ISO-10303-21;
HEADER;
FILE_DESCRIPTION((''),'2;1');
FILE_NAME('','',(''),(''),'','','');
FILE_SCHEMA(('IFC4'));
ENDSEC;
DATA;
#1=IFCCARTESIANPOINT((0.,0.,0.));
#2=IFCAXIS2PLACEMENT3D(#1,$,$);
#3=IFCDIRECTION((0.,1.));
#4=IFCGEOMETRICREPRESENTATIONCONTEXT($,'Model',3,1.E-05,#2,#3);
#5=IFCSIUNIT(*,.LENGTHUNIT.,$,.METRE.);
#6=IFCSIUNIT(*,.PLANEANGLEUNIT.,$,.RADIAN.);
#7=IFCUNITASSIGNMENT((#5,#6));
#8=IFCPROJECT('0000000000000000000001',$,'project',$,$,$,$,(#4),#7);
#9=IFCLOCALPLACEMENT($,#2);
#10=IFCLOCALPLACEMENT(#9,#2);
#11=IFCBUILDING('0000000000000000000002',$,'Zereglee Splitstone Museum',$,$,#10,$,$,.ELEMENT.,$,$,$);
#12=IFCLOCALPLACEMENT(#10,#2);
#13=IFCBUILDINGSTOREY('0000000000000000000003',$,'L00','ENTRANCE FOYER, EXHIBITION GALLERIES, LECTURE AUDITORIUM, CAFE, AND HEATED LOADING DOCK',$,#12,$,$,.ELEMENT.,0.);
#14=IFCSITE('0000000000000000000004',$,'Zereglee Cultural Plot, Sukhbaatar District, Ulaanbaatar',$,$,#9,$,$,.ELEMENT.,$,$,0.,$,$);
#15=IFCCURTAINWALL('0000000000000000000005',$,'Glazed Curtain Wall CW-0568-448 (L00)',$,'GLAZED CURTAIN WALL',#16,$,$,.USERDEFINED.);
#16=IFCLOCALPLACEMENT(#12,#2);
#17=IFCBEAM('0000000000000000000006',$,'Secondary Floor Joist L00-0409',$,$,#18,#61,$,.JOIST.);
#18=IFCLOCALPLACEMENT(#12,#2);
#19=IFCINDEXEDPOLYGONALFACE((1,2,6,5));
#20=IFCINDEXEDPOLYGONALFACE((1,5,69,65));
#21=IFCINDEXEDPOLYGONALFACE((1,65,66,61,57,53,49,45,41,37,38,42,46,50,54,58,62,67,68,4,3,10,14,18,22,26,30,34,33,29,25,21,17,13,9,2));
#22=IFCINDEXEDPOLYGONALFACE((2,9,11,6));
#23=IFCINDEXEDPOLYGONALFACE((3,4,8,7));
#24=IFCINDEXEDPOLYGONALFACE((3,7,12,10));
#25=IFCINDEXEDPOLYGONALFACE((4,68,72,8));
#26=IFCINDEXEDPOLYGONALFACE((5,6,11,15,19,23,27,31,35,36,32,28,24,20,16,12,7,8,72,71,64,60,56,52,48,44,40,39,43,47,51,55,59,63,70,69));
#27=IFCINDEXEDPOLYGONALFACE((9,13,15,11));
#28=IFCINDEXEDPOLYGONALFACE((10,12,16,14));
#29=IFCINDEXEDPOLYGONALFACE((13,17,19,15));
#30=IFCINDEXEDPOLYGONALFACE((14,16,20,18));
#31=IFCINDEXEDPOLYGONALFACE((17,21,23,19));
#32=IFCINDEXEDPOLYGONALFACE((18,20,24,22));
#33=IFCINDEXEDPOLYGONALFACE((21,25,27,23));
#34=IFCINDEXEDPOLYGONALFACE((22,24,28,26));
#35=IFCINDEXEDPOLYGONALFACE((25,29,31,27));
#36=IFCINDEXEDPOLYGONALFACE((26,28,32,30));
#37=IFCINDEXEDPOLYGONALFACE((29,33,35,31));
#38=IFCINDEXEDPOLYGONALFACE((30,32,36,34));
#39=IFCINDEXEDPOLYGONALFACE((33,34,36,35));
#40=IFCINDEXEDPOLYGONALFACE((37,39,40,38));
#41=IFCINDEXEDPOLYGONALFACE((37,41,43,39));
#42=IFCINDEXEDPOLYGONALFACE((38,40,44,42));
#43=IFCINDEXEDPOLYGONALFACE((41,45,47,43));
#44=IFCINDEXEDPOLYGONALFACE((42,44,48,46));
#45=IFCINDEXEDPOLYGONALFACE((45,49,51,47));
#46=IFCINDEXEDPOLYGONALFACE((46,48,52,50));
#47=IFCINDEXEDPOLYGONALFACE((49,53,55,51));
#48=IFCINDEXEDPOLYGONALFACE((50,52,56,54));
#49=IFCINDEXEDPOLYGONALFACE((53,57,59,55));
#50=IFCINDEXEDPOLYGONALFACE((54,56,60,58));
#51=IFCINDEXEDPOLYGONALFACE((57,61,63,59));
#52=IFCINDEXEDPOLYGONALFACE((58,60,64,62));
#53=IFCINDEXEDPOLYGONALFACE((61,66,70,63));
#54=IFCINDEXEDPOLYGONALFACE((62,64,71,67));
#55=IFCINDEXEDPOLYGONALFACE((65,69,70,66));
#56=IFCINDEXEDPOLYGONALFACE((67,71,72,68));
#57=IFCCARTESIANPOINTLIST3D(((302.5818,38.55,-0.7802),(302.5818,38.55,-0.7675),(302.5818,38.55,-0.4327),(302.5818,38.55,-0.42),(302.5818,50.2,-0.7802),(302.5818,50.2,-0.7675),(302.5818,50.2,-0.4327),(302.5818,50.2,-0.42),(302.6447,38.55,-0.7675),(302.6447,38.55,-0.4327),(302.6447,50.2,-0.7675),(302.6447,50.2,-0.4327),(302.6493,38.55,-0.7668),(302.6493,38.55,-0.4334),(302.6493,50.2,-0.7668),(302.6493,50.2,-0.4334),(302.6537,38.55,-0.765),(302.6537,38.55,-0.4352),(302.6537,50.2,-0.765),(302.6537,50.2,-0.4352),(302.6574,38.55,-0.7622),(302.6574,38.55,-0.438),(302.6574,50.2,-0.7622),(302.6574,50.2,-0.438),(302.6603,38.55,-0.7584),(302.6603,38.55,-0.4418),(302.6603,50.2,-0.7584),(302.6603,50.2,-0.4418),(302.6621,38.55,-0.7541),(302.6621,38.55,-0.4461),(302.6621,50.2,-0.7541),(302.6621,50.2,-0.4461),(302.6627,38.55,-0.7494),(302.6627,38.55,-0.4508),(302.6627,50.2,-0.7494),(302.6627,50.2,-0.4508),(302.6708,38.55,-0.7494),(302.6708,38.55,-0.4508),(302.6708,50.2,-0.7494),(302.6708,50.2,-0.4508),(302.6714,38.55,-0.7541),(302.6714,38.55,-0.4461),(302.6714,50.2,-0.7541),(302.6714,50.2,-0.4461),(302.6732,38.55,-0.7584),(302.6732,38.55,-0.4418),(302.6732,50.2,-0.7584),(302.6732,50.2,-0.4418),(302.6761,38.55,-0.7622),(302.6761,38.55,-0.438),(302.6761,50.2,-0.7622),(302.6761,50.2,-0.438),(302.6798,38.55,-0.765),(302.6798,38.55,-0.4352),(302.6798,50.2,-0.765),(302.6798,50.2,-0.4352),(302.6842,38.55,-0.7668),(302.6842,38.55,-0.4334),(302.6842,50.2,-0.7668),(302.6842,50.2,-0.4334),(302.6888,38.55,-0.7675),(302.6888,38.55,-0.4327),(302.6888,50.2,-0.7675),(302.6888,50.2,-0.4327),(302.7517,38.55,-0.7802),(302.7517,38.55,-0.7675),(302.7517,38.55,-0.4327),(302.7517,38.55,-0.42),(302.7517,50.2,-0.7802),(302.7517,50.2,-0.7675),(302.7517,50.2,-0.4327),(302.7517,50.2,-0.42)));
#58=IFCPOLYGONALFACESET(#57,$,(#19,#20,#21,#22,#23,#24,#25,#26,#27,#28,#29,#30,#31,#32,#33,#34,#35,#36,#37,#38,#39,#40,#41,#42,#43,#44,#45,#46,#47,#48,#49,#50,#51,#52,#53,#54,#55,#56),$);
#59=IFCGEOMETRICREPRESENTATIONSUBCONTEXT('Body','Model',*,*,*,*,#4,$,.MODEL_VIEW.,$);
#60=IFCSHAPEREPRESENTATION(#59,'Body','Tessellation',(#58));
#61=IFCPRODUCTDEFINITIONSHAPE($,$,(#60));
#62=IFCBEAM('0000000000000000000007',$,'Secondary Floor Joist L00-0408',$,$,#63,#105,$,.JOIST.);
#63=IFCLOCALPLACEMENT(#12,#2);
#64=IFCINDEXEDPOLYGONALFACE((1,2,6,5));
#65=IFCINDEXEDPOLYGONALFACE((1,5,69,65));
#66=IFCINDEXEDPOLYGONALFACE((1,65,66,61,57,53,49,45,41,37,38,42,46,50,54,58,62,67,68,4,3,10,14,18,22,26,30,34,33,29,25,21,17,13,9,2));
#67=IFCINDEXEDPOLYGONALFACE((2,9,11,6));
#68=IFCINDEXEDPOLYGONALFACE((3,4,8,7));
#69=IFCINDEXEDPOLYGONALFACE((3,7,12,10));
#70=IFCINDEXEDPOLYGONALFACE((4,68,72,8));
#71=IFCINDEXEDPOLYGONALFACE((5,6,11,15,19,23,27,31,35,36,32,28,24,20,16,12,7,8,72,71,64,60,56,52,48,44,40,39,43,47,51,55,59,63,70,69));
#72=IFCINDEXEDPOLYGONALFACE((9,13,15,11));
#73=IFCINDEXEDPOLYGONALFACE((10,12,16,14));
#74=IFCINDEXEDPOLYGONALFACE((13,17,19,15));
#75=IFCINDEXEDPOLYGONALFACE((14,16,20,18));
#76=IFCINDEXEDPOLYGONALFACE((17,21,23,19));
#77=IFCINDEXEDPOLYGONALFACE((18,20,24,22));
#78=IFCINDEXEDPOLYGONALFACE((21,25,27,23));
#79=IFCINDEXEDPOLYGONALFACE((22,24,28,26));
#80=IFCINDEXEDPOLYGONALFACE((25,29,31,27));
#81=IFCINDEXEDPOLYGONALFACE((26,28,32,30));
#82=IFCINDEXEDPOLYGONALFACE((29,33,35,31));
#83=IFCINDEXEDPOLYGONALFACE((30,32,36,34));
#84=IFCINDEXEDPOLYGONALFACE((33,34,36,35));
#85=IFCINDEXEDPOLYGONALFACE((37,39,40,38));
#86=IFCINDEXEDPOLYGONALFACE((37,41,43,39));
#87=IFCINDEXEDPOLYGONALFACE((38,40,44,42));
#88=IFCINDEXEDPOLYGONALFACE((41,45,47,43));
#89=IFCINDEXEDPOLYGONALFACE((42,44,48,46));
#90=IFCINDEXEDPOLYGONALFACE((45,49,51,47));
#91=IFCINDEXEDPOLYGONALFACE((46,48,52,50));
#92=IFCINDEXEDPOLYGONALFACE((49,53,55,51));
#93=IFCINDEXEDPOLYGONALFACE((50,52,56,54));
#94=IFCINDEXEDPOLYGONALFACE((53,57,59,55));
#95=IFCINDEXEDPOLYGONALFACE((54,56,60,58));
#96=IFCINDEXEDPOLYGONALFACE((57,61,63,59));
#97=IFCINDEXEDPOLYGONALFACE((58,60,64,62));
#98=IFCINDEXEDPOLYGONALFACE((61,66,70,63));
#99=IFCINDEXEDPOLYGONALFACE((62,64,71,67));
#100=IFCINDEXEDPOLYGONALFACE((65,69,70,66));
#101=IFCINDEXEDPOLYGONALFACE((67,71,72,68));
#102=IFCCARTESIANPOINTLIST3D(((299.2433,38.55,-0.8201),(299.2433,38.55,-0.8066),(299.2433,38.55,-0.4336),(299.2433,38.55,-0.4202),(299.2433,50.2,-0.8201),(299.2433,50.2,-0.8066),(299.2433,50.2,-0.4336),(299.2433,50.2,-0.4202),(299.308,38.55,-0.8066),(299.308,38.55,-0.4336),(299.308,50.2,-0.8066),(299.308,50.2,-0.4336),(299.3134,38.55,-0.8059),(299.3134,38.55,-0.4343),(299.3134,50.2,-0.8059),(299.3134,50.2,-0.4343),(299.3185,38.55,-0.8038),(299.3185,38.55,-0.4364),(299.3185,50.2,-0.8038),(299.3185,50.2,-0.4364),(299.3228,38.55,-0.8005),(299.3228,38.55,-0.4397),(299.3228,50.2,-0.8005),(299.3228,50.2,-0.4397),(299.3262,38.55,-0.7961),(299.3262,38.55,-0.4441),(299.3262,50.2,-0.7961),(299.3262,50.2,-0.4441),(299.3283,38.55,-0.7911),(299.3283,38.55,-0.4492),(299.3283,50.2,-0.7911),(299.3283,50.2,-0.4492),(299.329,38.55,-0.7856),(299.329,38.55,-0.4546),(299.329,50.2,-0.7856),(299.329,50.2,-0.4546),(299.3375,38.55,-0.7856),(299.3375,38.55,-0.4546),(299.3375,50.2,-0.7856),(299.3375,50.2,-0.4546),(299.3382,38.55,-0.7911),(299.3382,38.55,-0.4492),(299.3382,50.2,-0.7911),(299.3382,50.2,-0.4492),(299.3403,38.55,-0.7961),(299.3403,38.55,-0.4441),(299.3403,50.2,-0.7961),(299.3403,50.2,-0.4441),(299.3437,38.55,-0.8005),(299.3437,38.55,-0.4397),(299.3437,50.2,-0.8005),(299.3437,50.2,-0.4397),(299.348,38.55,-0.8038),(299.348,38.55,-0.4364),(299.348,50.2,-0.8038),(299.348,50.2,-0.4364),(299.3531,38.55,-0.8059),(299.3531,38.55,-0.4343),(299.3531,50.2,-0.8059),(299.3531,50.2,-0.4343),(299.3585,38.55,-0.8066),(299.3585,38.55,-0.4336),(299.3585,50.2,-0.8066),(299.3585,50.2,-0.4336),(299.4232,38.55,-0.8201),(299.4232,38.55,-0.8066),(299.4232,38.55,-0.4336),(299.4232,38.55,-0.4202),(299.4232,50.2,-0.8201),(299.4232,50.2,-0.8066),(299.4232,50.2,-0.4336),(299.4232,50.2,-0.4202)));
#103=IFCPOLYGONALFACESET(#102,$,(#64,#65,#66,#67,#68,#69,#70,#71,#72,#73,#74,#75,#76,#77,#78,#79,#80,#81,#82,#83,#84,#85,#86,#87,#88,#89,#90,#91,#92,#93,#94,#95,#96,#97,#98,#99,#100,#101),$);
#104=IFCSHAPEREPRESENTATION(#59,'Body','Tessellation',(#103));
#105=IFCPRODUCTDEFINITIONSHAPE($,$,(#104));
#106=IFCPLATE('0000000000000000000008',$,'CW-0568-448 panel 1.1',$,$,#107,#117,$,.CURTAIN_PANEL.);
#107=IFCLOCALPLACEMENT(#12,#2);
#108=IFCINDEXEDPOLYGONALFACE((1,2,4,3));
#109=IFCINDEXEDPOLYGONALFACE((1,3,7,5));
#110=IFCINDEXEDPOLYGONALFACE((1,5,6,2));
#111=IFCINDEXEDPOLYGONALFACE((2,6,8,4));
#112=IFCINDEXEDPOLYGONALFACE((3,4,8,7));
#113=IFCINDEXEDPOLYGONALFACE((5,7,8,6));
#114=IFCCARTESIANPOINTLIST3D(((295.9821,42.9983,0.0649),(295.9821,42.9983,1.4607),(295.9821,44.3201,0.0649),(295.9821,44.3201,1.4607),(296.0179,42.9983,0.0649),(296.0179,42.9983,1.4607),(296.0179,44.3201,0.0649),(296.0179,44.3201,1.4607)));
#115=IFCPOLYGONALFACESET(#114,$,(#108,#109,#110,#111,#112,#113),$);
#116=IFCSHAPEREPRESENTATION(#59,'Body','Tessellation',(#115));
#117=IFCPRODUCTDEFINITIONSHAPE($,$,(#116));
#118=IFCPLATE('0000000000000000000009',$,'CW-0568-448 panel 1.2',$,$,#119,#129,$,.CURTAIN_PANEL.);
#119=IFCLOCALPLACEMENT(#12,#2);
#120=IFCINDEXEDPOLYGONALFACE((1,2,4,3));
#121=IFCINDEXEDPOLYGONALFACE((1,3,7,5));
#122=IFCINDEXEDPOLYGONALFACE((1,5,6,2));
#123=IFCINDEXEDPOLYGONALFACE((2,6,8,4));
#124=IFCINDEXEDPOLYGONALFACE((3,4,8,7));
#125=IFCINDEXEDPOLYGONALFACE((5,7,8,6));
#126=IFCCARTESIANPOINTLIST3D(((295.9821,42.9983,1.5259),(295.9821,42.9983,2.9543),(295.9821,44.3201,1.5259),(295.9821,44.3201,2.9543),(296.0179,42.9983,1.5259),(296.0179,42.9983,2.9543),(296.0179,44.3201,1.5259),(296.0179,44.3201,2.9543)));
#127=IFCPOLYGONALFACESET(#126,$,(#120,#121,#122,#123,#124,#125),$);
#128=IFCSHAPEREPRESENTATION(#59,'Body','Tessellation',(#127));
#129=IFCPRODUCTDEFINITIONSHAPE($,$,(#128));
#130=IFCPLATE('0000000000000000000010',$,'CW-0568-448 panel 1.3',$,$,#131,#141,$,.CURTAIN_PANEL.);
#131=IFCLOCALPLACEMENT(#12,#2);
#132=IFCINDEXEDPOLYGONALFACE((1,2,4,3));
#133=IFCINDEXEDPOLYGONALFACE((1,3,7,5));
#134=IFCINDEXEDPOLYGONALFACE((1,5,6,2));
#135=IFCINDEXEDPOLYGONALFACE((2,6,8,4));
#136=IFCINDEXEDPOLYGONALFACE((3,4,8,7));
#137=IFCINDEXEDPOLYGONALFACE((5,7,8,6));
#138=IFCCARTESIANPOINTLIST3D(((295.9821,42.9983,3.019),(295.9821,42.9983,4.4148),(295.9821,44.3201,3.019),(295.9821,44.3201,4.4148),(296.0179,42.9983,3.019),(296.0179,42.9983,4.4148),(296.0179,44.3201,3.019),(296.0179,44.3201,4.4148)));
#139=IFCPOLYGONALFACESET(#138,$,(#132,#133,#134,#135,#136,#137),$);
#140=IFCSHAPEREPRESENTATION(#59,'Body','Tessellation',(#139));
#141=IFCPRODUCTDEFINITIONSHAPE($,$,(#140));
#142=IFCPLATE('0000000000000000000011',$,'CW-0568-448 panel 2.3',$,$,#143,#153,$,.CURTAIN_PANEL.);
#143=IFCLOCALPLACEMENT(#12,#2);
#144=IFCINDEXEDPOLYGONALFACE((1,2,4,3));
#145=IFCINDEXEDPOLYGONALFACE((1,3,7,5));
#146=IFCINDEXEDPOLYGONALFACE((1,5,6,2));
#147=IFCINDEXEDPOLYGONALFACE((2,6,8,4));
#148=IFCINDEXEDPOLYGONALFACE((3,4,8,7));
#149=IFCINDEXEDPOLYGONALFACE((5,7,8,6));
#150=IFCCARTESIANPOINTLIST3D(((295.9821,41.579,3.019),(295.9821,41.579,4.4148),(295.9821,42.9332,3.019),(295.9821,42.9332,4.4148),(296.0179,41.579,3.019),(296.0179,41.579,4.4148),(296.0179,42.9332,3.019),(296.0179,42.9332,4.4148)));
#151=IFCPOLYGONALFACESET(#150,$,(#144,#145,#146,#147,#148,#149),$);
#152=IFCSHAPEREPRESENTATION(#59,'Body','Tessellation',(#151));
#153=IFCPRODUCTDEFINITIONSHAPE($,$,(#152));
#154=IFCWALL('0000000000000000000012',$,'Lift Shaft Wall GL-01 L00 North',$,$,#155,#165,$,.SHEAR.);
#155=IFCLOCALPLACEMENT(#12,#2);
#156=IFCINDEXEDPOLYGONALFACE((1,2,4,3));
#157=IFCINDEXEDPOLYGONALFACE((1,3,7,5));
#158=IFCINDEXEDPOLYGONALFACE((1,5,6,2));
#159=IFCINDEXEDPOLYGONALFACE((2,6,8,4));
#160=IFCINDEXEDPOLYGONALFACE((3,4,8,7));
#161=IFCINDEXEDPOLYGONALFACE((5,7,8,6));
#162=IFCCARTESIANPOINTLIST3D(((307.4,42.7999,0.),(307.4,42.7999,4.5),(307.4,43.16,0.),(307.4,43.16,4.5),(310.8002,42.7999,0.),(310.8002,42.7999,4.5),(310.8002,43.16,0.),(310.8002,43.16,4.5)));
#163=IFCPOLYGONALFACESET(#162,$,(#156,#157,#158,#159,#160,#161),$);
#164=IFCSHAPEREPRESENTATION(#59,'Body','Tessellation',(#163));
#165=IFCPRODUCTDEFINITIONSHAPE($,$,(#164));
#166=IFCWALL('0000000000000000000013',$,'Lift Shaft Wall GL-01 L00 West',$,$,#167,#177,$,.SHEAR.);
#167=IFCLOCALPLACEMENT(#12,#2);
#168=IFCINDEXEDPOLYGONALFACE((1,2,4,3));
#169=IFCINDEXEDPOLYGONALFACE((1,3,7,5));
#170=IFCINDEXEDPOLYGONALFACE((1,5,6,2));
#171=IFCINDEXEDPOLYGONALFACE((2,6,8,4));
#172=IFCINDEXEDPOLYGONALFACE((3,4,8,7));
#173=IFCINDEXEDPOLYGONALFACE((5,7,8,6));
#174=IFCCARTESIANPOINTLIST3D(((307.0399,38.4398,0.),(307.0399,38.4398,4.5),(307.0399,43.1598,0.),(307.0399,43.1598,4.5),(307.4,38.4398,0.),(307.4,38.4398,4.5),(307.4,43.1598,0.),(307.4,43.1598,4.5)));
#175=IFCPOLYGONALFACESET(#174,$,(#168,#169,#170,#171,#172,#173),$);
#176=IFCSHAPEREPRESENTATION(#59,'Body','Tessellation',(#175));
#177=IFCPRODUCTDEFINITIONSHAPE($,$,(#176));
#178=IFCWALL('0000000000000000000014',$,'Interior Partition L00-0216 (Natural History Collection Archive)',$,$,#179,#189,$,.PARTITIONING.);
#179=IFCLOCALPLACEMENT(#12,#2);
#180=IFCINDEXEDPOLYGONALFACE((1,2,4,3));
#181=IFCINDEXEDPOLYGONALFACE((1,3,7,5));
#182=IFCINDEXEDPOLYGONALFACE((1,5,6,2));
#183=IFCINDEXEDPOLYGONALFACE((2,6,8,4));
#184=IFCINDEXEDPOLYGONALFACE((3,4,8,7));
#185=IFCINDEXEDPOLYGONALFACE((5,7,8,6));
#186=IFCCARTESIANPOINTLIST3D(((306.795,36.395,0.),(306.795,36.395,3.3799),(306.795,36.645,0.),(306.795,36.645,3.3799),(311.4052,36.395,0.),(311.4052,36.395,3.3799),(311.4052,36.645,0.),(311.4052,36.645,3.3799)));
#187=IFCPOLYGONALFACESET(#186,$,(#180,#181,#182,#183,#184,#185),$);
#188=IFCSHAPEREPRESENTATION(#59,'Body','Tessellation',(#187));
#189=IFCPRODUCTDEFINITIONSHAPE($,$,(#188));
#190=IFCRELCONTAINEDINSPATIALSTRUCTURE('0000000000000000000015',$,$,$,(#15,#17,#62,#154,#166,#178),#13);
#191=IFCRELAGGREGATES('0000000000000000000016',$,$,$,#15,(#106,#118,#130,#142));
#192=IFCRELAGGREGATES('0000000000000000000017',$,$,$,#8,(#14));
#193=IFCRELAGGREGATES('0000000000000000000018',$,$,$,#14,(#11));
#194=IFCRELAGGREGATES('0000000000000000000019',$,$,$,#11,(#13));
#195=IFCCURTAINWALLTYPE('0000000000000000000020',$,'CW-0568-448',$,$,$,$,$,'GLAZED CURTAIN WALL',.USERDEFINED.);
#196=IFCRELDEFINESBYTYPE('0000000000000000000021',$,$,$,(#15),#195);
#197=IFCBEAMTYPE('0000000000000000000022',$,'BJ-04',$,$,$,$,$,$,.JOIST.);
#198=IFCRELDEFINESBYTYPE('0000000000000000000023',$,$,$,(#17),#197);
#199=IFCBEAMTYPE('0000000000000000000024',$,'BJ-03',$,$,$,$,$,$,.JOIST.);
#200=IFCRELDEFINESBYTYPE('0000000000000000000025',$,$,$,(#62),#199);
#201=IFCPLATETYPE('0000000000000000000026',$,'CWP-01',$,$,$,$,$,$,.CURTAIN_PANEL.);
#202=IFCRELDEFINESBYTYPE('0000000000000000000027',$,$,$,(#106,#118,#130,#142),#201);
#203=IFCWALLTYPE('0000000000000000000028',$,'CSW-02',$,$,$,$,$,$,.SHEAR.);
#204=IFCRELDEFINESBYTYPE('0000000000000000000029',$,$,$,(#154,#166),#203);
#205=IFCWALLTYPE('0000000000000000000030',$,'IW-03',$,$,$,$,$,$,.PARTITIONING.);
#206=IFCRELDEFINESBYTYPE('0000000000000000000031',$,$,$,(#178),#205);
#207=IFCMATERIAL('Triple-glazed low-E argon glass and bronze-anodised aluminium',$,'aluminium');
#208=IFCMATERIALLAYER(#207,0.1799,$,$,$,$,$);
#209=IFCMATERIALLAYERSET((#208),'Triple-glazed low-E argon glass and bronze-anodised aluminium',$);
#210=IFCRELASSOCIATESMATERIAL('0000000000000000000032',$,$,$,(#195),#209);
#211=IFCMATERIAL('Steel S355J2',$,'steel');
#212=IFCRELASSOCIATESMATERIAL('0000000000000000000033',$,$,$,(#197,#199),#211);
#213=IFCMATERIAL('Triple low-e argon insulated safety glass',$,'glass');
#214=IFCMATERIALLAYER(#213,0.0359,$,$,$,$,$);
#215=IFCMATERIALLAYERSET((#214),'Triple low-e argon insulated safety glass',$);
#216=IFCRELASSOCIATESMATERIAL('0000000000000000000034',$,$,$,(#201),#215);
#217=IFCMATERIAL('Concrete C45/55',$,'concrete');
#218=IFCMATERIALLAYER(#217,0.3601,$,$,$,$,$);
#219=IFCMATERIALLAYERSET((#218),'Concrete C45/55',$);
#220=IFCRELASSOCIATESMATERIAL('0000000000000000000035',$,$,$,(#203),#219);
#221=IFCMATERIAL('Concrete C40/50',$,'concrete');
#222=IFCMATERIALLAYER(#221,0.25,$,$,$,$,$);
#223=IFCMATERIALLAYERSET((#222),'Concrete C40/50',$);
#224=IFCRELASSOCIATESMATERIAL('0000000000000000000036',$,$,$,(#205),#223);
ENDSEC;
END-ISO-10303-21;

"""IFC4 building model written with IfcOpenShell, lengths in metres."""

from ifc_helpers import new_model, si_unit, direction, frame, frame_2d, origin, origin_2d, place, context, subcontext, project, spatial, rectangle, i_section, extrude, material, layer, layer_set, material_profile, profile_set, type_object, element, aggregate, save


model = new_model("IFC4")

# Units and contexts
model_context = context("Model", 3, precision=1e-05, world=origin(), true_north=direction((0.0, 1.0)))
body_context = subcontext(model_context, "Body", "Model", "MODEL_VIEW")
ifc_project = project(units=[si_unit("LENGTHUNIT", "METRE"), si_unit("PLANEANGLEUNIT", "RADIAN")], contexts=[model_context])

# Site, building, storey
site_placement = place(None, origin())
site = spatial("IfcSite", under=ifc_project, at=site_placement, Name="Zereglee Cultural Plot, Sukhbaatar District, Ulaanbaatar", CompositionType="ELEMENT", RefElevation=0.0)
building_placement = place(site_placement, origin())
building = spatial("IfcBuilding", under=site, at=building_placement, Name="Zereglee Splitstone Museum", CompositionType="ELEMENT")
storey_placement = place(building_placement, origin())
storey = spatial("IfcBuildingStorey", under=building, at=storey_placement, Name="L00", Description="ENTRANCE FOYER, EXHIBITION GALLERIES, LECTURE AUDITORIUM, CAFE, AND HEATED LOADING DOCK", CompositionType="ELEMENT", Elevation=0.0)

# Shared definitions
ifc_material_1 = material(Name="Concrete C45/55", Category="concrete")

# Curtain wall
ifc_material_2 = material(Name="Triple-glazed low-E argon glass and bronze-anodised aluminium", Category="aluminium")
ifc_layer_1 = layer(ifc_material_2, 0.1799)
ifc_layer_set_1 = layer_set([ifc_layer_1], Name="Triple-glazed low-E argon glass and bronze-anodised aluminium")
curtain_wall_type = type_object("IfcCurtainWallType", Name="CW-0568-448", ElementType="GLAZED CURTAIN WALL", PredefinedType="USERDEFINED", material=ifc_layer_set_1)
curtain_wall_placement = place(storey_placement, origin())
curtain_wall = element("IfcCurtainWall", 1, at=curtain_wall_placement, inside=storey, type_object=curtain_wall_type, Name="Glazed Curtain Wall CW-0568-448 (L00)", ObjectType="GLAZED CURTAIN WALL", PredefinedType="USERDEFINED")

# Beams
ifc_material_3 = material(Name="Steel S355J2", Category="steel")
ifc_material_profile_1 = material_profile(ifc_material_3, i_section(OverallWidth=0.1699, OverallDepth=0.3601, WebThickness=0.0081, FlangeThickness=0.0127, FilletRadius=0.0181, at=origin_2d()), Name="IPE 360")
ifc_profile_set_1 = profile_set([ifc_material_profile_1], Name="Steel S355J2")
beam_type_1 = type_object("IfcBeamType", Name="BJ-04", PredefinedType="JOIST", material=ifc_profile_set_1)
beam_1_placement = place(storey_placement, frame((302.6667, 38.55, -0.6001), z_axis=(0.0, 1.0, 0.0), x_axis=(-1.0, 0.0, 0.0)))
element("IfcBeam", 2, at=beam_1_placement, inside=storey, type_object=beam_type_1, Name="Secondary Floor Joist L00-0409", PredefinedType="JOIST", context=body_context, shape_type="SweptSolid", body=[
    extrude(i_section(OverallWidth=0.1699, OverallDepth=0.3601, WebThickness=0.0081, FlangeThickness=0.0127, FilletRadius=0.0181, at=origin_2d()), origin(), (0.0, 0.0, 1.0), 11.6499),
])
ifc_material_profile_2 = material_profile(ifc_material_3, i_section(OverallWidth=0.1799, OverallDepth=0.3999, WebThickness=0.0085, FlangeThickness=0.0134, FilletRadius=0.021, at=origin_2d()), Name="IPE 400")
ifc_profile_set_2 = profile_set([ifc_material_profile_2], Name="Steel S355J2")
beam_type_2 = type_object("IfcBeamType", Name="BJ-03", PredefinedType="JOIST", material=ifc_profile_set_2)
beam_2_placement = place(storey_placement, frame((299.3333, 38.55, -0.6201), z_axis=(0.0, 1.0, 0.0), x_axis=(-1.0, 0.0, 0.0)))
element("IfcBeam", 3, at=beam_2_placement, inside=storey, type_object=beam_type_2, Name="Secondary Floor Joist L00-0408", PredefinedType="JOIST", context=body_context, shape_type="SweptSolid", body=[
    extrude(i_section(OverallWidth=0.1799, OverallDepth=0.3999, WebThickness=0.0085, FlangeThickness=0.0134, FilletRadius=0.021, at=origin_2d()), origin(), (0.0, 0.0, 1.0), 11.6499),
])

# Plates
ifc_material_4 = material(Name="Triple low-e argon insulated safety glass", Category="glass")
ifc_layer_2 = layer(ifc_material_4, 0.0359)
ifc_layer_set_2 = layer_set([ifc_layer_2], Name="Triple low-e argon insulated safety glass")
plate_type = type_object("IfcPlateType", Name="CWP-01", PredefinedType="CURTAIN_PANEL", material=ifc_layer_set_2)
plate_1_placement = place(storey_placement, frame((296.0, 43.6592, 0.0649), z_axis=(0.0, 0.0, 1.0), x_axis=(0.0, -1.0, 0.0)))
plate_1 = element("IfcPlate", 4, at=plate_1_placement, type_object=plate_type, Name="CW-0568-448 panel 1.1", PredefinedType="CURTAIN_PANEL", context=body_context, shape_type="SweptSolid", body=[
    extrude(rectangle(XDim=1.3218, YDim=0.0359, at=origin_2d()), origin(), (0.0, 0.0, 1.0), 1.3958),
])
plate_2_placement = place(storey_placement, frame((296.0, 43.6592, 1.5259), z_axis=(0.0, 0.0, 1.0), x_axis=(0.0, -1.0, 0.0)))
plate_2 = element("IfcPlate", 5, at=plate_2_placement, type_object=plate_type, Name="CW-0568-448 panel 1.2", PredefinedType="CURTAIN_PANEL", context=body_context, shape_type="SweptSolid", body=[
    extrude(rectangle(XDim=1.3218, YDim=0.0359, at=origin_2d()), origin(), (0.0, 0.0, 1.0), 1.4285),
])
plate_3_placement = place(storey_placement, frame((296.0, 43.6592, 3.019), z_axis=(0.0, 0.0, 1.0), x_axis=(0.0, -1.0, 0.0)))
plate_3 = element("IfcPlate", 6, at=plate_3_placement, type_object=plate_type, Name="CW-0568-448 panel 1.3", PredefinedType="CURTAIN_PANEL", context=body_context, shape_type="SweptSolid", body=[
    extrude(rectangle(XDim=1.3218, YDim=0.0359, at=origin_2d()), origin(), (0.0, 0.0, 1.0), 1.3958),
])
plate_4_placement = place(storey_placement, frame((296.0, 42.2561, 3.019), z_axis=(0.0, 0.0, 1.0), x_axis=(0.0, -1.0, 0.0)))
plate_4 = element("IfcPlate", 7, at=plate_4_placement, type_object=plate_type, Name="CW-0568-448 panel 2.3", PredefinedType="CURTAIN_PANEL", context=body_context, shape_type="SweptSolid", body=[
    extrude(rectangle(XDim=1.3542, YDim=0.0359, at=origin_2d()), origin(), (0.0, 0.0, 1.0), 1.3958),
])
aggregate(curtain_wall, [plate_1, plate_2, plate_3, plate_4])

# Wall
ifc_layer_3 = layer(ifc_material_1, 0.3601)
ifc_layer_set_3 = layer_set([ifc_layer_3], Name="Concrete C45/55")
wall_type_1 = type_object("IfcWallType", Name="CSW-02", PredefinedType="SHEAR", material=ifc_layer_set_3)
wall_1_placement = place(storey_placement, frame((307.3999, 42.98, 0.0), z_axis=(0.0, 0.0, 1.0), x_axis=(1.0, 0.0, 0.0)))
element("IfcWall", 8, at=wall_1_placement, inside=storey, type_object=wall_type_1, Name="Lift Shaft Wall GL-01 L00 North", PredefinedType="SHEAR", context=body_context, shape_type="SweptSolid", body=[
    extrude(rectangle(XDim=3.4001, YDim=0.3601, at=frame_2d((1.7002, 0.0))), origin(), (0.0, 0.0, 1.0), 4.5),
])

# Walls
wall_2_placement = place(storey_placement, frame((307.22, 38.4399, 0.0), z_axis=(0.0, 0.0, 1.0), x_axis=(0.0, 1.0, 0.0)))
element("IfcWall", 9, at=wall_2_placement, inside=storey, type_object=wall_type_1, Name="Lift Shaft Wall GL-01 L00 West", PredefinedType="SHEAR", context=body_context, shape_type="SweptSolid", body=[
    extrude(rectangle(XDim=4.72, YDim=0.3601, at=frame_2d((2.3599, 0.0))), origin(), (0.0, 0.0, 1.0), 4.5),
])
ifc_material_5 = material(Name="Concrete C40/50", Category="concrete")
ifc_layer_4 = layer(ifc_material_5, 0.25)
ifc_layer_set_4 = layer_set([ifc_layer_4], Name="Concrete C40/50")
wall_type_2 = type_object("IfcWallType", Name="IW-03", PredefinedType="PARTITIONING", material=ifc_layer_set_4)
wall_3_placement = place(storey_placement, frame((306.7949, 36.52, 0.0), z_axis=(0.0, 0.0, 1.0), x_axis=(1.0, 0.0, 0.0)))
element("IfcWall", 10, at=wall_3_placement, inside=storey, type_object=wall_type_2, Name="Interior Partition L00-0216 (Natural History Collection Archive)", PredefinedType="PARTITIONING", context=body_context, shape_type="SweptSolid", body=[
    extrude(rectangle(XDim=4.6101, YDim=0.25, at=frame_2d((2.3052, 0.0))), origin(), (0.0, 0.0, 1.0), 3.3799),
])

save(model, "model.ifc")
